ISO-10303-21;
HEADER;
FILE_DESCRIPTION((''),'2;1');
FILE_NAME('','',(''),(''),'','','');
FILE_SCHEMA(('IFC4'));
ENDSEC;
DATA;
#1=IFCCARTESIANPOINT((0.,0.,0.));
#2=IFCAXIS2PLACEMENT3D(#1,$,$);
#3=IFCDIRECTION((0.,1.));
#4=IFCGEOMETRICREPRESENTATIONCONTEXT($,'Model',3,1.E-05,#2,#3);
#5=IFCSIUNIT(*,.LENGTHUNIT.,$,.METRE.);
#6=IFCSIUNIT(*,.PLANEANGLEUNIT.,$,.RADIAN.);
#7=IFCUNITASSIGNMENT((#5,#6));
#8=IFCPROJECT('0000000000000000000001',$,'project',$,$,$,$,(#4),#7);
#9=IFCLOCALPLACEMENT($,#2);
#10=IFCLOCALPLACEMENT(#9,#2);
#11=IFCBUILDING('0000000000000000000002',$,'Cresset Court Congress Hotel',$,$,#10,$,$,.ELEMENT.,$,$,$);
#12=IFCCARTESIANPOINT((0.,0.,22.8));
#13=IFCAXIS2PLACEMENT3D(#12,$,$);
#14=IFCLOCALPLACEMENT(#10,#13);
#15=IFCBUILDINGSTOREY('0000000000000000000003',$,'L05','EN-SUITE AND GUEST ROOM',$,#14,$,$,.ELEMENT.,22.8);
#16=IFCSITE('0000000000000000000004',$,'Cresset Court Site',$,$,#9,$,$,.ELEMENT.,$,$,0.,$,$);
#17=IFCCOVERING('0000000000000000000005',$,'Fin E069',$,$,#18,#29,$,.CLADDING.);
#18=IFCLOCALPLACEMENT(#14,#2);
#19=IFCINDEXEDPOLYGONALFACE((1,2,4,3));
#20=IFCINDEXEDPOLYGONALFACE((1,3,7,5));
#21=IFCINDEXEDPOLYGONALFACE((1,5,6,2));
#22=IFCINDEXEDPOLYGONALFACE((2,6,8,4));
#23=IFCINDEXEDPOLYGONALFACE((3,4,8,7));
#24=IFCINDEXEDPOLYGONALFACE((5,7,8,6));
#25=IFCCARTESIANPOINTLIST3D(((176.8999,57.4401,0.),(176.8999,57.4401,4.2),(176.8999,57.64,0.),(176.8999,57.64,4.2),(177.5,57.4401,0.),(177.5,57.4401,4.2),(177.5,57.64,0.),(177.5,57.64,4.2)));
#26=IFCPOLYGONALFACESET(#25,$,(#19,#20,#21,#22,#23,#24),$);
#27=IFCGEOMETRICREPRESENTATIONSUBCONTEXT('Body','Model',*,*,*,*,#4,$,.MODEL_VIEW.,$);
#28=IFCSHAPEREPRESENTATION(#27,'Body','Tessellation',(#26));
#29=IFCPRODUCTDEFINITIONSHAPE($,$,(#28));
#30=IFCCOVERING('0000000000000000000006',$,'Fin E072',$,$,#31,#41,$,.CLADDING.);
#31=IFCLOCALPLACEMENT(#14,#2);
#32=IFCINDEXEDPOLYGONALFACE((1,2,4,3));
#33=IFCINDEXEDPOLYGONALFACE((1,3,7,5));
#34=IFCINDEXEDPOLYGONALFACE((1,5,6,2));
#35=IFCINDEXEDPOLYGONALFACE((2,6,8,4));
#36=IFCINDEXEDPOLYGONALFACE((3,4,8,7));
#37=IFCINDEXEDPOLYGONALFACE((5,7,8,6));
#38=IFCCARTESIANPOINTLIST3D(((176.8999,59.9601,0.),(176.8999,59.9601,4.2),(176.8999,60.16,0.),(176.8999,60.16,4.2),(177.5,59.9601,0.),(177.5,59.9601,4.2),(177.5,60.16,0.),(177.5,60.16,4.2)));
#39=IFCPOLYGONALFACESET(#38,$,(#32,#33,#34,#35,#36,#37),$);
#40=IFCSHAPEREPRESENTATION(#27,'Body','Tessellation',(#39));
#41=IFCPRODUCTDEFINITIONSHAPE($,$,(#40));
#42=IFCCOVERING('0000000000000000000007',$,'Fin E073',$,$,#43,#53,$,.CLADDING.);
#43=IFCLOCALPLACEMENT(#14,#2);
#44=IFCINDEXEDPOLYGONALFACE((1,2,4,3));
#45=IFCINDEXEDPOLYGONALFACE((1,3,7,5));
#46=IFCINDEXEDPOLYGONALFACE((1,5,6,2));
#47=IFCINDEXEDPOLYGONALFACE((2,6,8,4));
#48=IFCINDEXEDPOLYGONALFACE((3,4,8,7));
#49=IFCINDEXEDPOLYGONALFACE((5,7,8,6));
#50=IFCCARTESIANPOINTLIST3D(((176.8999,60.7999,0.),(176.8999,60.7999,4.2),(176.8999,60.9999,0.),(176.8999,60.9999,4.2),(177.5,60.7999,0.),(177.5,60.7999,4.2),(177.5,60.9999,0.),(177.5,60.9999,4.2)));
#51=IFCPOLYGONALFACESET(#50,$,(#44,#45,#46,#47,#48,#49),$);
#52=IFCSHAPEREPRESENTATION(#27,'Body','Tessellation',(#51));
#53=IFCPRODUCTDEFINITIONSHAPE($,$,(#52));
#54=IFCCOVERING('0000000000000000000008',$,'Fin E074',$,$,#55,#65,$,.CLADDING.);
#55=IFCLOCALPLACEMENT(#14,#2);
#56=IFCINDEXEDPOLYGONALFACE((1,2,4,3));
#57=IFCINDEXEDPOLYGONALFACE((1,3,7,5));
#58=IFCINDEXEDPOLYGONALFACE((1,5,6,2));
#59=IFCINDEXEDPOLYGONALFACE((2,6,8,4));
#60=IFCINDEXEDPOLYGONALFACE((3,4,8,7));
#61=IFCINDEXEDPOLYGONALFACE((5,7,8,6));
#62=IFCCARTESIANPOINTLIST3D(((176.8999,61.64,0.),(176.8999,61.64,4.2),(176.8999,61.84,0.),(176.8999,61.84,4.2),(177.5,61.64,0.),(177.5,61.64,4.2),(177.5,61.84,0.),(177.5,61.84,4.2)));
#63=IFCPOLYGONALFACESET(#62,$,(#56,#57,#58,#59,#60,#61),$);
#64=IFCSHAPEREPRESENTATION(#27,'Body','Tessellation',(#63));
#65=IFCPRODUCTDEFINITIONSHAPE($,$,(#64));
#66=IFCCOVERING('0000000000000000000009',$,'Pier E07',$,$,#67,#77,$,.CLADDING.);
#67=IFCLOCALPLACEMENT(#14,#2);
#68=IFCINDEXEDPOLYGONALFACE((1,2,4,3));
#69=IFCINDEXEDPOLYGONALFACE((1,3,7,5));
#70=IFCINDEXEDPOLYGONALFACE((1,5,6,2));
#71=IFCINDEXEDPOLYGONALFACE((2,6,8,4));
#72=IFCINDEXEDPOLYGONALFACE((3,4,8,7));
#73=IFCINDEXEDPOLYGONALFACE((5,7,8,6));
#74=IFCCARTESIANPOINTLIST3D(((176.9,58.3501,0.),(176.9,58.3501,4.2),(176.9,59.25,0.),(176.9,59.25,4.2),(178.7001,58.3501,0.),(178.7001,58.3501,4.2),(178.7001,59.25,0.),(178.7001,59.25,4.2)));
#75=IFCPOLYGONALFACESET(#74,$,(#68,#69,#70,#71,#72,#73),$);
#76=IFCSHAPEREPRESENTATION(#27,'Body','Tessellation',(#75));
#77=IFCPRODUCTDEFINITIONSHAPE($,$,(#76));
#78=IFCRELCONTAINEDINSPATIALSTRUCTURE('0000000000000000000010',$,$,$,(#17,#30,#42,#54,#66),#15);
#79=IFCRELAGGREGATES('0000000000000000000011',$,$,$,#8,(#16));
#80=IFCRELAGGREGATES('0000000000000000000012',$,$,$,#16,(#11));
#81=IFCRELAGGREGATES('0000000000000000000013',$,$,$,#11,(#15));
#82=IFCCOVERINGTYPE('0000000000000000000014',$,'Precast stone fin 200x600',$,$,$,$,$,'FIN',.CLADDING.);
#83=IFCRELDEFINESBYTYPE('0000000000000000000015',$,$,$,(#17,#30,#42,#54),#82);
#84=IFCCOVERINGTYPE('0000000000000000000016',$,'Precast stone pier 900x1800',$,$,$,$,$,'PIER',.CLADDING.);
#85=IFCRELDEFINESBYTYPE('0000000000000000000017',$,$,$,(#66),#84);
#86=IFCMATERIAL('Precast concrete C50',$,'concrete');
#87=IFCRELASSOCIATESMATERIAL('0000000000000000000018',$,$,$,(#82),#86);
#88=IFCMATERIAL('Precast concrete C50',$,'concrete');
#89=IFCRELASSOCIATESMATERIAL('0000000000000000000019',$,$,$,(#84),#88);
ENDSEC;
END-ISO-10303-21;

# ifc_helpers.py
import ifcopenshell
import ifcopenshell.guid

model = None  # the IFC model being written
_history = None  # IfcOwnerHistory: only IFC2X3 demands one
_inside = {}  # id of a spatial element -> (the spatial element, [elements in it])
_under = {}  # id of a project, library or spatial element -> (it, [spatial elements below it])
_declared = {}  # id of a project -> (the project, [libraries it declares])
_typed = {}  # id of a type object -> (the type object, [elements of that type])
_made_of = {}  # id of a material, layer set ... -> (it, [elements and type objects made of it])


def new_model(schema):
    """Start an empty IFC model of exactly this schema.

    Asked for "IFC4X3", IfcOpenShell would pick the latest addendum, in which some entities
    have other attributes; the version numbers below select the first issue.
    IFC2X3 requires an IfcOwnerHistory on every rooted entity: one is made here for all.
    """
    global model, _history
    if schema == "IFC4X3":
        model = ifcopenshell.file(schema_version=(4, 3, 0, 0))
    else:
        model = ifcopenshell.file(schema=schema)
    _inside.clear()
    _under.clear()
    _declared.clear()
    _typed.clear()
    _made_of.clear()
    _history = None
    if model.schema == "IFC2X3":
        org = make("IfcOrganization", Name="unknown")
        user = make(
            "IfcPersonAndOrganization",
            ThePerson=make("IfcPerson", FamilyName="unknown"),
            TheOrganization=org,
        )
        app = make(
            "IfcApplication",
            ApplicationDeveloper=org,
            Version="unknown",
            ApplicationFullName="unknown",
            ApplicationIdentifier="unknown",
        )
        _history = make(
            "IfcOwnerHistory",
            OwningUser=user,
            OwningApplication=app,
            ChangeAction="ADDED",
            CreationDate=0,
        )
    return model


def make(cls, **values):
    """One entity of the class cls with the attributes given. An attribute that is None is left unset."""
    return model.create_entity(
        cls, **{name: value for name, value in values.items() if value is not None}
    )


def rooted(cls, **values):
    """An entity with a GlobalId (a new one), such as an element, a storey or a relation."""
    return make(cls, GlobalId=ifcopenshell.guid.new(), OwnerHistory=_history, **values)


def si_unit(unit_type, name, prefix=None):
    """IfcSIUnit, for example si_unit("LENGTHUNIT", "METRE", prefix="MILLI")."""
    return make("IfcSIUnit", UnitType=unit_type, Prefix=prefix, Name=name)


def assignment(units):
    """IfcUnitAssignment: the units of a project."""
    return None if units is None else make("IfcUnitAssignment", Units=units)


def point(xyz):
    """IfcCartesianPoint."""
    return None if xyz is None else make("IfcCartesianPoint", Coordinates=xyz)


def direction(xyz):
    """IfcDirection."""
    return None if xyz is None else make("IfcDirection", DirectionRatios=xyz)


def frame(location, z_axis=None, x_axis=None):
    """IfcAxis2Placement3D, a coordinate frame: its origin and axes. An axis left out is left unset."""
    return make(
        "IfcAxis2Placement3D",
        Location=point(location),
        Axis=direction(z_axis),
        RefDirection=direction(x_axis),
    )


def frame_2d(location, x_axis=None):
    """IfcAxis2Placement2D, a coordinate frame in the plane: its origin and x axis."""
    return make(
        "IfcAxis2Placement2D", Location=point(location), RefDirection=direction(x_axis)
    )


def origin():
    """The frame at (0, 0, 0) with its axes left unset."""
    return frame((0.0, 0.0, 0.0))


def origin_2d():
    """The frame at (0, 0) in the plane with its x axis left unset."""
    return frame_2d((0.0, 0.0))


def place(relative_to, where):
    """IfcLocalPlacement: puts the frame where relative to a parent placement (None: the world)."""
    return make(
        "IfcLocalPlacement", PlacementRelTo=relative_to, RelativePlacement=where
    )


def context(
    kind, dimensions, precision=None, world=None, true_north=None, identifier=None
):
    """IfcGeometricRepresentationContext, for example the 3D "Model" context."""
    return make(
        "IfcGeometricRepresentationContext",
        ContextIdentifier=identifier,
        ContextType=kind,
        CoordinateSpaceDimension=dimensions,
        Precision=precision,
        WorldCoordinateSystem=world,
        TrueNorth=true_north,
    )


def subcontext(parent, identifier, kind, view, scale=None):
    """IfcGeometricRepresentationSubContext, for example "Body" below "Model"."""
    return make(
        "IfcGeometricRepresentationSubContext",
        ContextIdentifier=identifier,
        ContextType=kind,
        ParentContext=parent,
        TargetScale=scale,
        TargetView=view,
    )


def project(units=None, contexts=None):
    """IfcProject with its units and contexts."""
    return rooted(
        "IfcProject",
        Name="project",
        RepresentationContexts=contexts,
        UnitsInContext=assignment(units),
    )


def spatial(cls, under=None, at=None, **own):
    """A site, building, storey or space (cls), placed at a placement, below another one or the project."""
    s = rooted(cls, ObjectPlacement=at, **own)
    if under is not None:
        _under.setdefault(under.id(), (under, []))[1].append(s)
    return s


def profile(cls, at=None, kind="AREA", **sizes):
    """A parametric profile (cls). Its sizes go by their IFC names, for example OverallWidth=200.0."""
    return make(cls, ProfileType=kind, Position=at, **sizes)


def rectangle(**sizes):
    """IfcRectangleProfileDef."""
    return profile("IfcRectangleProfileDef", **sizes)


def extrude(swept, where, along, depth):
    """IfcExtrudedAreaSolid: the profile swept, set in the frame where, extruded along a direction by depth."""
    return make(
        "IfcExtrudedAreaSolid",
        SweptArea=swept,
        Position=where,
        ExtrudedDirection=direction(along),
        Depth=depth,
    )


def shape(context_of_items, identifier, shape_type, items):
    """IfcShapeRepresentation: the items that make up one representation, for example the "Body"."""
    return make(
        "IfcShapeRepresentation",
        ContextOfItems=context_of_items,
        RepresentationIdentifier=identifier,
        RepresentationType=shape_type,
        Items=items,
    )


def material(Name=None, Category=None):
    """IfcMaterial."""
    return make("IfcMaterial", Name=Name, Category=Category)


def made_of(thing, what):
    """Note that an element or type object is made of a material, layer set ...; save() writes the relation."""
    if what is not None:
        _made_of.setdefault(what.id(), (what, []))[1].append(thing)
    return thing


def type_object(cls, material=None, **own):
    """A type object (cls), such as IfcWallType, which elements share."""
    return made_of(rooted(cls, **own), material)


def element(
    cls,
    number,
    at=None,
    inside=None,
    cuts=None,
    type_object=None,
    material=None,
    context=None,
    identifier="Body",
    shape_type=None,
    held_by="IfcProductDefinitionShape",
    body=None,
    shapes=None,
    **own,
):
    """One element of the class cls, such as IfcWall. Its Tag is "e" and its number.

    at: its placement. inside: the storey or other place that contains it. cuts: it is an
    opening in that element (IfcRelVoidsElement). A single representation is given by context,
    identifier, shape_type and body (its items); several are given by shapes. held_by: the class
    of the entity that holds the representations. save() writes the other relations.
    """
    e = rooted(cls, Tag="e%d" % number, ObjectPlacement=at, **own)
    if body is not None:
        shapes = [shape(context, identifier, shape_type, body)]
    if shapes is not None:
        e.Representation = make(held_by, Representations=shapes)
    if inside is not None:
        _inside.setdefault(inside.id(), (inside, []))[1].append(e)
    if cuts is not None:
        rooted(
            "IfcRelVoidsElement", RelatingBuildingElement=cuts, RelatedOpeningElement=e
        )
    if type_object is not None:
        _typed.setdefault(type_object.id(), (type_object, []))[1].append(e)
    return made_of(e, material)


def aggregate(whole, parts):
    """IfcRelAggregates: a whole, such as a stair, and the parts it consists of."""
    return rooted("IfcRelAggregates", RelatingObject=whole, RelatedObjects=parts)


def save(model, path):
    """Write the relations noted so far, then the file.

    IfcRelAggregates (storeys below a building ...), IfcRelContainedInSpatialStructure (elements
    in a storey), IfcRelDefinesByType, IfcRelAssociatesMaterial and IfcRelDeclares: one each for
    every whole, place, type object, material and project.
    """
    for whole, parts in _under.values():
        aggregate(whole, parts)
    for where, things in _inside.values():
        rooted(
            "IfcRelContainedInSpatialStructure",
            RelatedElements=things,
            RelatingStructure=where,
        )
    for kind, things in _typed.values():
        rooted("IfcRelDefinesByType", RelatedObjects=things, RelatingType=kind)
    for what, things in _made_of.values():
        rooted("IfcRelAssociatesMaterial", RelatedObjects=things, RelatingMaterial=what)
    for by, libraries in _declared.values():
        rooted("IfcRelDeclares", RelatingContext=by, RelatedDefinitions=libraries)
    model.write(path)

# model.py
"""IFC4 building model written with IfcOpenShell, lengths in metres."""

from ifc_helpers import new_model, si_unit, direction, frame, origin, origin_2d, place, context, subcontext, project, spatial, rectangle, extrude, material, type_object, element, save


model = new_model("IFC4")

# Units and contexts
model_context = context("Model", 3, precision=1e-05, world=origin(), true_north=direction((0.0, 1.0)))
body_context = subcontext(model_context, "Body", "Model", "MODEL_VIEW")
ifc_project = project(units=[si_unit("LENGTHUNIT", "METRE"), si_unit("PLANEANGLEUNIT", "RADIAN")], contexts=[model_context])

# Site, building, storey
site_placement = place(None, origin())
site = spatial("IfcSite", under=ifc_project, at=site_placement, Name="Cresset Court Site", CompositionType="ELEMENT", RefElevation=0.0)
building_placement = place(site_placement, origin())
building = spatial("IfcBuilding", under=site, at=building_placement, Name="Cresset Court Congress Hotel", CompositionType="ELEMENT")
storey_placement = place(building_placement, frame((0.0, 0.0, 22.8)))
storey = spatial("IfcBuildingStorey", under=building, at=storey_placement, Name="L05", Description="EN-SUITE AND GUEST ROOM", CompositionType="ELEMENT", Elevation=22.8)

# Coverings
ifc_material_1 = material(Name="Precast concrete C50", Category="concrete")
covering_type_1 = type_object("IfcCoveringType", Name="Precast stone fin 200x600", ElementType="FIN", PredefinedType="CLADDING", material=ifc_material_1)
for number, where, z_axis, x_axis, name in (
    (1, (177.2, 57.54, 0.0), (0.0, 0.0, 1.0), (1.0, 0.0, 0.0), "Fin E069"),
    (2, (177.2, 60.0601, 0.0), (0.0, 0.0, 1.0), (1.0, 0.0, 0.0), "Fin E072"),
    (3, (177.2, 60.8999, 0.0), (0.0, 0.0, 1.0), (1.0, 0.0, 0.0), "Fin E073"),
    (4, (177.2, 61.74, 0.0), (0.0, 0.0, 1.0), (1.0, 0.0, 0.0), "Fin E074"),
):
    element("IfcCovering", number, at=place(storey_placement, frame(where, z_axis=z_axis, x_axis=x_axis)), inside=storey, type_object=covering_type_1, Name=name, PredefinedType="CLADDING", context=body_context, shape_type="SweptSolid", body=[
        extrude(rectangle(XDim=0.6001, YDim=0.2, at=origin_2d()), origin(), (0.0, 0.0, 1.0), 4.2),
    ])
ifc_material_2 = material(Name="Precast concrete C50", Category="concrete")
covering_type_2 = type_object("IfcCoveringType", Name="Precast stone pier 900x1800", ElementType="PIER", PredefinedType="CLADDING", material=ifc_material_2)
covering_placement = place(storey_placement, frame((177.8, 58.8, 0.0), z_axis=(0.0, 0.0, 1.0), x_axis=(1.0, 0.0, 0.0)))
element("IfcCovering", 5, at=covering_placement, inside=storey, type_object=covering_type_2, Name="Pier E07", PredefinedType="CLADDING", context=body_context, shape_type="SweptSolid", body=[
    extrude(rectangle(XDim=1.8, YDim=0.8999, at=origin_2d()), origin(), (0.0, 0.0, 1.0), 4.2),
])

save(model, "model.ifc")
